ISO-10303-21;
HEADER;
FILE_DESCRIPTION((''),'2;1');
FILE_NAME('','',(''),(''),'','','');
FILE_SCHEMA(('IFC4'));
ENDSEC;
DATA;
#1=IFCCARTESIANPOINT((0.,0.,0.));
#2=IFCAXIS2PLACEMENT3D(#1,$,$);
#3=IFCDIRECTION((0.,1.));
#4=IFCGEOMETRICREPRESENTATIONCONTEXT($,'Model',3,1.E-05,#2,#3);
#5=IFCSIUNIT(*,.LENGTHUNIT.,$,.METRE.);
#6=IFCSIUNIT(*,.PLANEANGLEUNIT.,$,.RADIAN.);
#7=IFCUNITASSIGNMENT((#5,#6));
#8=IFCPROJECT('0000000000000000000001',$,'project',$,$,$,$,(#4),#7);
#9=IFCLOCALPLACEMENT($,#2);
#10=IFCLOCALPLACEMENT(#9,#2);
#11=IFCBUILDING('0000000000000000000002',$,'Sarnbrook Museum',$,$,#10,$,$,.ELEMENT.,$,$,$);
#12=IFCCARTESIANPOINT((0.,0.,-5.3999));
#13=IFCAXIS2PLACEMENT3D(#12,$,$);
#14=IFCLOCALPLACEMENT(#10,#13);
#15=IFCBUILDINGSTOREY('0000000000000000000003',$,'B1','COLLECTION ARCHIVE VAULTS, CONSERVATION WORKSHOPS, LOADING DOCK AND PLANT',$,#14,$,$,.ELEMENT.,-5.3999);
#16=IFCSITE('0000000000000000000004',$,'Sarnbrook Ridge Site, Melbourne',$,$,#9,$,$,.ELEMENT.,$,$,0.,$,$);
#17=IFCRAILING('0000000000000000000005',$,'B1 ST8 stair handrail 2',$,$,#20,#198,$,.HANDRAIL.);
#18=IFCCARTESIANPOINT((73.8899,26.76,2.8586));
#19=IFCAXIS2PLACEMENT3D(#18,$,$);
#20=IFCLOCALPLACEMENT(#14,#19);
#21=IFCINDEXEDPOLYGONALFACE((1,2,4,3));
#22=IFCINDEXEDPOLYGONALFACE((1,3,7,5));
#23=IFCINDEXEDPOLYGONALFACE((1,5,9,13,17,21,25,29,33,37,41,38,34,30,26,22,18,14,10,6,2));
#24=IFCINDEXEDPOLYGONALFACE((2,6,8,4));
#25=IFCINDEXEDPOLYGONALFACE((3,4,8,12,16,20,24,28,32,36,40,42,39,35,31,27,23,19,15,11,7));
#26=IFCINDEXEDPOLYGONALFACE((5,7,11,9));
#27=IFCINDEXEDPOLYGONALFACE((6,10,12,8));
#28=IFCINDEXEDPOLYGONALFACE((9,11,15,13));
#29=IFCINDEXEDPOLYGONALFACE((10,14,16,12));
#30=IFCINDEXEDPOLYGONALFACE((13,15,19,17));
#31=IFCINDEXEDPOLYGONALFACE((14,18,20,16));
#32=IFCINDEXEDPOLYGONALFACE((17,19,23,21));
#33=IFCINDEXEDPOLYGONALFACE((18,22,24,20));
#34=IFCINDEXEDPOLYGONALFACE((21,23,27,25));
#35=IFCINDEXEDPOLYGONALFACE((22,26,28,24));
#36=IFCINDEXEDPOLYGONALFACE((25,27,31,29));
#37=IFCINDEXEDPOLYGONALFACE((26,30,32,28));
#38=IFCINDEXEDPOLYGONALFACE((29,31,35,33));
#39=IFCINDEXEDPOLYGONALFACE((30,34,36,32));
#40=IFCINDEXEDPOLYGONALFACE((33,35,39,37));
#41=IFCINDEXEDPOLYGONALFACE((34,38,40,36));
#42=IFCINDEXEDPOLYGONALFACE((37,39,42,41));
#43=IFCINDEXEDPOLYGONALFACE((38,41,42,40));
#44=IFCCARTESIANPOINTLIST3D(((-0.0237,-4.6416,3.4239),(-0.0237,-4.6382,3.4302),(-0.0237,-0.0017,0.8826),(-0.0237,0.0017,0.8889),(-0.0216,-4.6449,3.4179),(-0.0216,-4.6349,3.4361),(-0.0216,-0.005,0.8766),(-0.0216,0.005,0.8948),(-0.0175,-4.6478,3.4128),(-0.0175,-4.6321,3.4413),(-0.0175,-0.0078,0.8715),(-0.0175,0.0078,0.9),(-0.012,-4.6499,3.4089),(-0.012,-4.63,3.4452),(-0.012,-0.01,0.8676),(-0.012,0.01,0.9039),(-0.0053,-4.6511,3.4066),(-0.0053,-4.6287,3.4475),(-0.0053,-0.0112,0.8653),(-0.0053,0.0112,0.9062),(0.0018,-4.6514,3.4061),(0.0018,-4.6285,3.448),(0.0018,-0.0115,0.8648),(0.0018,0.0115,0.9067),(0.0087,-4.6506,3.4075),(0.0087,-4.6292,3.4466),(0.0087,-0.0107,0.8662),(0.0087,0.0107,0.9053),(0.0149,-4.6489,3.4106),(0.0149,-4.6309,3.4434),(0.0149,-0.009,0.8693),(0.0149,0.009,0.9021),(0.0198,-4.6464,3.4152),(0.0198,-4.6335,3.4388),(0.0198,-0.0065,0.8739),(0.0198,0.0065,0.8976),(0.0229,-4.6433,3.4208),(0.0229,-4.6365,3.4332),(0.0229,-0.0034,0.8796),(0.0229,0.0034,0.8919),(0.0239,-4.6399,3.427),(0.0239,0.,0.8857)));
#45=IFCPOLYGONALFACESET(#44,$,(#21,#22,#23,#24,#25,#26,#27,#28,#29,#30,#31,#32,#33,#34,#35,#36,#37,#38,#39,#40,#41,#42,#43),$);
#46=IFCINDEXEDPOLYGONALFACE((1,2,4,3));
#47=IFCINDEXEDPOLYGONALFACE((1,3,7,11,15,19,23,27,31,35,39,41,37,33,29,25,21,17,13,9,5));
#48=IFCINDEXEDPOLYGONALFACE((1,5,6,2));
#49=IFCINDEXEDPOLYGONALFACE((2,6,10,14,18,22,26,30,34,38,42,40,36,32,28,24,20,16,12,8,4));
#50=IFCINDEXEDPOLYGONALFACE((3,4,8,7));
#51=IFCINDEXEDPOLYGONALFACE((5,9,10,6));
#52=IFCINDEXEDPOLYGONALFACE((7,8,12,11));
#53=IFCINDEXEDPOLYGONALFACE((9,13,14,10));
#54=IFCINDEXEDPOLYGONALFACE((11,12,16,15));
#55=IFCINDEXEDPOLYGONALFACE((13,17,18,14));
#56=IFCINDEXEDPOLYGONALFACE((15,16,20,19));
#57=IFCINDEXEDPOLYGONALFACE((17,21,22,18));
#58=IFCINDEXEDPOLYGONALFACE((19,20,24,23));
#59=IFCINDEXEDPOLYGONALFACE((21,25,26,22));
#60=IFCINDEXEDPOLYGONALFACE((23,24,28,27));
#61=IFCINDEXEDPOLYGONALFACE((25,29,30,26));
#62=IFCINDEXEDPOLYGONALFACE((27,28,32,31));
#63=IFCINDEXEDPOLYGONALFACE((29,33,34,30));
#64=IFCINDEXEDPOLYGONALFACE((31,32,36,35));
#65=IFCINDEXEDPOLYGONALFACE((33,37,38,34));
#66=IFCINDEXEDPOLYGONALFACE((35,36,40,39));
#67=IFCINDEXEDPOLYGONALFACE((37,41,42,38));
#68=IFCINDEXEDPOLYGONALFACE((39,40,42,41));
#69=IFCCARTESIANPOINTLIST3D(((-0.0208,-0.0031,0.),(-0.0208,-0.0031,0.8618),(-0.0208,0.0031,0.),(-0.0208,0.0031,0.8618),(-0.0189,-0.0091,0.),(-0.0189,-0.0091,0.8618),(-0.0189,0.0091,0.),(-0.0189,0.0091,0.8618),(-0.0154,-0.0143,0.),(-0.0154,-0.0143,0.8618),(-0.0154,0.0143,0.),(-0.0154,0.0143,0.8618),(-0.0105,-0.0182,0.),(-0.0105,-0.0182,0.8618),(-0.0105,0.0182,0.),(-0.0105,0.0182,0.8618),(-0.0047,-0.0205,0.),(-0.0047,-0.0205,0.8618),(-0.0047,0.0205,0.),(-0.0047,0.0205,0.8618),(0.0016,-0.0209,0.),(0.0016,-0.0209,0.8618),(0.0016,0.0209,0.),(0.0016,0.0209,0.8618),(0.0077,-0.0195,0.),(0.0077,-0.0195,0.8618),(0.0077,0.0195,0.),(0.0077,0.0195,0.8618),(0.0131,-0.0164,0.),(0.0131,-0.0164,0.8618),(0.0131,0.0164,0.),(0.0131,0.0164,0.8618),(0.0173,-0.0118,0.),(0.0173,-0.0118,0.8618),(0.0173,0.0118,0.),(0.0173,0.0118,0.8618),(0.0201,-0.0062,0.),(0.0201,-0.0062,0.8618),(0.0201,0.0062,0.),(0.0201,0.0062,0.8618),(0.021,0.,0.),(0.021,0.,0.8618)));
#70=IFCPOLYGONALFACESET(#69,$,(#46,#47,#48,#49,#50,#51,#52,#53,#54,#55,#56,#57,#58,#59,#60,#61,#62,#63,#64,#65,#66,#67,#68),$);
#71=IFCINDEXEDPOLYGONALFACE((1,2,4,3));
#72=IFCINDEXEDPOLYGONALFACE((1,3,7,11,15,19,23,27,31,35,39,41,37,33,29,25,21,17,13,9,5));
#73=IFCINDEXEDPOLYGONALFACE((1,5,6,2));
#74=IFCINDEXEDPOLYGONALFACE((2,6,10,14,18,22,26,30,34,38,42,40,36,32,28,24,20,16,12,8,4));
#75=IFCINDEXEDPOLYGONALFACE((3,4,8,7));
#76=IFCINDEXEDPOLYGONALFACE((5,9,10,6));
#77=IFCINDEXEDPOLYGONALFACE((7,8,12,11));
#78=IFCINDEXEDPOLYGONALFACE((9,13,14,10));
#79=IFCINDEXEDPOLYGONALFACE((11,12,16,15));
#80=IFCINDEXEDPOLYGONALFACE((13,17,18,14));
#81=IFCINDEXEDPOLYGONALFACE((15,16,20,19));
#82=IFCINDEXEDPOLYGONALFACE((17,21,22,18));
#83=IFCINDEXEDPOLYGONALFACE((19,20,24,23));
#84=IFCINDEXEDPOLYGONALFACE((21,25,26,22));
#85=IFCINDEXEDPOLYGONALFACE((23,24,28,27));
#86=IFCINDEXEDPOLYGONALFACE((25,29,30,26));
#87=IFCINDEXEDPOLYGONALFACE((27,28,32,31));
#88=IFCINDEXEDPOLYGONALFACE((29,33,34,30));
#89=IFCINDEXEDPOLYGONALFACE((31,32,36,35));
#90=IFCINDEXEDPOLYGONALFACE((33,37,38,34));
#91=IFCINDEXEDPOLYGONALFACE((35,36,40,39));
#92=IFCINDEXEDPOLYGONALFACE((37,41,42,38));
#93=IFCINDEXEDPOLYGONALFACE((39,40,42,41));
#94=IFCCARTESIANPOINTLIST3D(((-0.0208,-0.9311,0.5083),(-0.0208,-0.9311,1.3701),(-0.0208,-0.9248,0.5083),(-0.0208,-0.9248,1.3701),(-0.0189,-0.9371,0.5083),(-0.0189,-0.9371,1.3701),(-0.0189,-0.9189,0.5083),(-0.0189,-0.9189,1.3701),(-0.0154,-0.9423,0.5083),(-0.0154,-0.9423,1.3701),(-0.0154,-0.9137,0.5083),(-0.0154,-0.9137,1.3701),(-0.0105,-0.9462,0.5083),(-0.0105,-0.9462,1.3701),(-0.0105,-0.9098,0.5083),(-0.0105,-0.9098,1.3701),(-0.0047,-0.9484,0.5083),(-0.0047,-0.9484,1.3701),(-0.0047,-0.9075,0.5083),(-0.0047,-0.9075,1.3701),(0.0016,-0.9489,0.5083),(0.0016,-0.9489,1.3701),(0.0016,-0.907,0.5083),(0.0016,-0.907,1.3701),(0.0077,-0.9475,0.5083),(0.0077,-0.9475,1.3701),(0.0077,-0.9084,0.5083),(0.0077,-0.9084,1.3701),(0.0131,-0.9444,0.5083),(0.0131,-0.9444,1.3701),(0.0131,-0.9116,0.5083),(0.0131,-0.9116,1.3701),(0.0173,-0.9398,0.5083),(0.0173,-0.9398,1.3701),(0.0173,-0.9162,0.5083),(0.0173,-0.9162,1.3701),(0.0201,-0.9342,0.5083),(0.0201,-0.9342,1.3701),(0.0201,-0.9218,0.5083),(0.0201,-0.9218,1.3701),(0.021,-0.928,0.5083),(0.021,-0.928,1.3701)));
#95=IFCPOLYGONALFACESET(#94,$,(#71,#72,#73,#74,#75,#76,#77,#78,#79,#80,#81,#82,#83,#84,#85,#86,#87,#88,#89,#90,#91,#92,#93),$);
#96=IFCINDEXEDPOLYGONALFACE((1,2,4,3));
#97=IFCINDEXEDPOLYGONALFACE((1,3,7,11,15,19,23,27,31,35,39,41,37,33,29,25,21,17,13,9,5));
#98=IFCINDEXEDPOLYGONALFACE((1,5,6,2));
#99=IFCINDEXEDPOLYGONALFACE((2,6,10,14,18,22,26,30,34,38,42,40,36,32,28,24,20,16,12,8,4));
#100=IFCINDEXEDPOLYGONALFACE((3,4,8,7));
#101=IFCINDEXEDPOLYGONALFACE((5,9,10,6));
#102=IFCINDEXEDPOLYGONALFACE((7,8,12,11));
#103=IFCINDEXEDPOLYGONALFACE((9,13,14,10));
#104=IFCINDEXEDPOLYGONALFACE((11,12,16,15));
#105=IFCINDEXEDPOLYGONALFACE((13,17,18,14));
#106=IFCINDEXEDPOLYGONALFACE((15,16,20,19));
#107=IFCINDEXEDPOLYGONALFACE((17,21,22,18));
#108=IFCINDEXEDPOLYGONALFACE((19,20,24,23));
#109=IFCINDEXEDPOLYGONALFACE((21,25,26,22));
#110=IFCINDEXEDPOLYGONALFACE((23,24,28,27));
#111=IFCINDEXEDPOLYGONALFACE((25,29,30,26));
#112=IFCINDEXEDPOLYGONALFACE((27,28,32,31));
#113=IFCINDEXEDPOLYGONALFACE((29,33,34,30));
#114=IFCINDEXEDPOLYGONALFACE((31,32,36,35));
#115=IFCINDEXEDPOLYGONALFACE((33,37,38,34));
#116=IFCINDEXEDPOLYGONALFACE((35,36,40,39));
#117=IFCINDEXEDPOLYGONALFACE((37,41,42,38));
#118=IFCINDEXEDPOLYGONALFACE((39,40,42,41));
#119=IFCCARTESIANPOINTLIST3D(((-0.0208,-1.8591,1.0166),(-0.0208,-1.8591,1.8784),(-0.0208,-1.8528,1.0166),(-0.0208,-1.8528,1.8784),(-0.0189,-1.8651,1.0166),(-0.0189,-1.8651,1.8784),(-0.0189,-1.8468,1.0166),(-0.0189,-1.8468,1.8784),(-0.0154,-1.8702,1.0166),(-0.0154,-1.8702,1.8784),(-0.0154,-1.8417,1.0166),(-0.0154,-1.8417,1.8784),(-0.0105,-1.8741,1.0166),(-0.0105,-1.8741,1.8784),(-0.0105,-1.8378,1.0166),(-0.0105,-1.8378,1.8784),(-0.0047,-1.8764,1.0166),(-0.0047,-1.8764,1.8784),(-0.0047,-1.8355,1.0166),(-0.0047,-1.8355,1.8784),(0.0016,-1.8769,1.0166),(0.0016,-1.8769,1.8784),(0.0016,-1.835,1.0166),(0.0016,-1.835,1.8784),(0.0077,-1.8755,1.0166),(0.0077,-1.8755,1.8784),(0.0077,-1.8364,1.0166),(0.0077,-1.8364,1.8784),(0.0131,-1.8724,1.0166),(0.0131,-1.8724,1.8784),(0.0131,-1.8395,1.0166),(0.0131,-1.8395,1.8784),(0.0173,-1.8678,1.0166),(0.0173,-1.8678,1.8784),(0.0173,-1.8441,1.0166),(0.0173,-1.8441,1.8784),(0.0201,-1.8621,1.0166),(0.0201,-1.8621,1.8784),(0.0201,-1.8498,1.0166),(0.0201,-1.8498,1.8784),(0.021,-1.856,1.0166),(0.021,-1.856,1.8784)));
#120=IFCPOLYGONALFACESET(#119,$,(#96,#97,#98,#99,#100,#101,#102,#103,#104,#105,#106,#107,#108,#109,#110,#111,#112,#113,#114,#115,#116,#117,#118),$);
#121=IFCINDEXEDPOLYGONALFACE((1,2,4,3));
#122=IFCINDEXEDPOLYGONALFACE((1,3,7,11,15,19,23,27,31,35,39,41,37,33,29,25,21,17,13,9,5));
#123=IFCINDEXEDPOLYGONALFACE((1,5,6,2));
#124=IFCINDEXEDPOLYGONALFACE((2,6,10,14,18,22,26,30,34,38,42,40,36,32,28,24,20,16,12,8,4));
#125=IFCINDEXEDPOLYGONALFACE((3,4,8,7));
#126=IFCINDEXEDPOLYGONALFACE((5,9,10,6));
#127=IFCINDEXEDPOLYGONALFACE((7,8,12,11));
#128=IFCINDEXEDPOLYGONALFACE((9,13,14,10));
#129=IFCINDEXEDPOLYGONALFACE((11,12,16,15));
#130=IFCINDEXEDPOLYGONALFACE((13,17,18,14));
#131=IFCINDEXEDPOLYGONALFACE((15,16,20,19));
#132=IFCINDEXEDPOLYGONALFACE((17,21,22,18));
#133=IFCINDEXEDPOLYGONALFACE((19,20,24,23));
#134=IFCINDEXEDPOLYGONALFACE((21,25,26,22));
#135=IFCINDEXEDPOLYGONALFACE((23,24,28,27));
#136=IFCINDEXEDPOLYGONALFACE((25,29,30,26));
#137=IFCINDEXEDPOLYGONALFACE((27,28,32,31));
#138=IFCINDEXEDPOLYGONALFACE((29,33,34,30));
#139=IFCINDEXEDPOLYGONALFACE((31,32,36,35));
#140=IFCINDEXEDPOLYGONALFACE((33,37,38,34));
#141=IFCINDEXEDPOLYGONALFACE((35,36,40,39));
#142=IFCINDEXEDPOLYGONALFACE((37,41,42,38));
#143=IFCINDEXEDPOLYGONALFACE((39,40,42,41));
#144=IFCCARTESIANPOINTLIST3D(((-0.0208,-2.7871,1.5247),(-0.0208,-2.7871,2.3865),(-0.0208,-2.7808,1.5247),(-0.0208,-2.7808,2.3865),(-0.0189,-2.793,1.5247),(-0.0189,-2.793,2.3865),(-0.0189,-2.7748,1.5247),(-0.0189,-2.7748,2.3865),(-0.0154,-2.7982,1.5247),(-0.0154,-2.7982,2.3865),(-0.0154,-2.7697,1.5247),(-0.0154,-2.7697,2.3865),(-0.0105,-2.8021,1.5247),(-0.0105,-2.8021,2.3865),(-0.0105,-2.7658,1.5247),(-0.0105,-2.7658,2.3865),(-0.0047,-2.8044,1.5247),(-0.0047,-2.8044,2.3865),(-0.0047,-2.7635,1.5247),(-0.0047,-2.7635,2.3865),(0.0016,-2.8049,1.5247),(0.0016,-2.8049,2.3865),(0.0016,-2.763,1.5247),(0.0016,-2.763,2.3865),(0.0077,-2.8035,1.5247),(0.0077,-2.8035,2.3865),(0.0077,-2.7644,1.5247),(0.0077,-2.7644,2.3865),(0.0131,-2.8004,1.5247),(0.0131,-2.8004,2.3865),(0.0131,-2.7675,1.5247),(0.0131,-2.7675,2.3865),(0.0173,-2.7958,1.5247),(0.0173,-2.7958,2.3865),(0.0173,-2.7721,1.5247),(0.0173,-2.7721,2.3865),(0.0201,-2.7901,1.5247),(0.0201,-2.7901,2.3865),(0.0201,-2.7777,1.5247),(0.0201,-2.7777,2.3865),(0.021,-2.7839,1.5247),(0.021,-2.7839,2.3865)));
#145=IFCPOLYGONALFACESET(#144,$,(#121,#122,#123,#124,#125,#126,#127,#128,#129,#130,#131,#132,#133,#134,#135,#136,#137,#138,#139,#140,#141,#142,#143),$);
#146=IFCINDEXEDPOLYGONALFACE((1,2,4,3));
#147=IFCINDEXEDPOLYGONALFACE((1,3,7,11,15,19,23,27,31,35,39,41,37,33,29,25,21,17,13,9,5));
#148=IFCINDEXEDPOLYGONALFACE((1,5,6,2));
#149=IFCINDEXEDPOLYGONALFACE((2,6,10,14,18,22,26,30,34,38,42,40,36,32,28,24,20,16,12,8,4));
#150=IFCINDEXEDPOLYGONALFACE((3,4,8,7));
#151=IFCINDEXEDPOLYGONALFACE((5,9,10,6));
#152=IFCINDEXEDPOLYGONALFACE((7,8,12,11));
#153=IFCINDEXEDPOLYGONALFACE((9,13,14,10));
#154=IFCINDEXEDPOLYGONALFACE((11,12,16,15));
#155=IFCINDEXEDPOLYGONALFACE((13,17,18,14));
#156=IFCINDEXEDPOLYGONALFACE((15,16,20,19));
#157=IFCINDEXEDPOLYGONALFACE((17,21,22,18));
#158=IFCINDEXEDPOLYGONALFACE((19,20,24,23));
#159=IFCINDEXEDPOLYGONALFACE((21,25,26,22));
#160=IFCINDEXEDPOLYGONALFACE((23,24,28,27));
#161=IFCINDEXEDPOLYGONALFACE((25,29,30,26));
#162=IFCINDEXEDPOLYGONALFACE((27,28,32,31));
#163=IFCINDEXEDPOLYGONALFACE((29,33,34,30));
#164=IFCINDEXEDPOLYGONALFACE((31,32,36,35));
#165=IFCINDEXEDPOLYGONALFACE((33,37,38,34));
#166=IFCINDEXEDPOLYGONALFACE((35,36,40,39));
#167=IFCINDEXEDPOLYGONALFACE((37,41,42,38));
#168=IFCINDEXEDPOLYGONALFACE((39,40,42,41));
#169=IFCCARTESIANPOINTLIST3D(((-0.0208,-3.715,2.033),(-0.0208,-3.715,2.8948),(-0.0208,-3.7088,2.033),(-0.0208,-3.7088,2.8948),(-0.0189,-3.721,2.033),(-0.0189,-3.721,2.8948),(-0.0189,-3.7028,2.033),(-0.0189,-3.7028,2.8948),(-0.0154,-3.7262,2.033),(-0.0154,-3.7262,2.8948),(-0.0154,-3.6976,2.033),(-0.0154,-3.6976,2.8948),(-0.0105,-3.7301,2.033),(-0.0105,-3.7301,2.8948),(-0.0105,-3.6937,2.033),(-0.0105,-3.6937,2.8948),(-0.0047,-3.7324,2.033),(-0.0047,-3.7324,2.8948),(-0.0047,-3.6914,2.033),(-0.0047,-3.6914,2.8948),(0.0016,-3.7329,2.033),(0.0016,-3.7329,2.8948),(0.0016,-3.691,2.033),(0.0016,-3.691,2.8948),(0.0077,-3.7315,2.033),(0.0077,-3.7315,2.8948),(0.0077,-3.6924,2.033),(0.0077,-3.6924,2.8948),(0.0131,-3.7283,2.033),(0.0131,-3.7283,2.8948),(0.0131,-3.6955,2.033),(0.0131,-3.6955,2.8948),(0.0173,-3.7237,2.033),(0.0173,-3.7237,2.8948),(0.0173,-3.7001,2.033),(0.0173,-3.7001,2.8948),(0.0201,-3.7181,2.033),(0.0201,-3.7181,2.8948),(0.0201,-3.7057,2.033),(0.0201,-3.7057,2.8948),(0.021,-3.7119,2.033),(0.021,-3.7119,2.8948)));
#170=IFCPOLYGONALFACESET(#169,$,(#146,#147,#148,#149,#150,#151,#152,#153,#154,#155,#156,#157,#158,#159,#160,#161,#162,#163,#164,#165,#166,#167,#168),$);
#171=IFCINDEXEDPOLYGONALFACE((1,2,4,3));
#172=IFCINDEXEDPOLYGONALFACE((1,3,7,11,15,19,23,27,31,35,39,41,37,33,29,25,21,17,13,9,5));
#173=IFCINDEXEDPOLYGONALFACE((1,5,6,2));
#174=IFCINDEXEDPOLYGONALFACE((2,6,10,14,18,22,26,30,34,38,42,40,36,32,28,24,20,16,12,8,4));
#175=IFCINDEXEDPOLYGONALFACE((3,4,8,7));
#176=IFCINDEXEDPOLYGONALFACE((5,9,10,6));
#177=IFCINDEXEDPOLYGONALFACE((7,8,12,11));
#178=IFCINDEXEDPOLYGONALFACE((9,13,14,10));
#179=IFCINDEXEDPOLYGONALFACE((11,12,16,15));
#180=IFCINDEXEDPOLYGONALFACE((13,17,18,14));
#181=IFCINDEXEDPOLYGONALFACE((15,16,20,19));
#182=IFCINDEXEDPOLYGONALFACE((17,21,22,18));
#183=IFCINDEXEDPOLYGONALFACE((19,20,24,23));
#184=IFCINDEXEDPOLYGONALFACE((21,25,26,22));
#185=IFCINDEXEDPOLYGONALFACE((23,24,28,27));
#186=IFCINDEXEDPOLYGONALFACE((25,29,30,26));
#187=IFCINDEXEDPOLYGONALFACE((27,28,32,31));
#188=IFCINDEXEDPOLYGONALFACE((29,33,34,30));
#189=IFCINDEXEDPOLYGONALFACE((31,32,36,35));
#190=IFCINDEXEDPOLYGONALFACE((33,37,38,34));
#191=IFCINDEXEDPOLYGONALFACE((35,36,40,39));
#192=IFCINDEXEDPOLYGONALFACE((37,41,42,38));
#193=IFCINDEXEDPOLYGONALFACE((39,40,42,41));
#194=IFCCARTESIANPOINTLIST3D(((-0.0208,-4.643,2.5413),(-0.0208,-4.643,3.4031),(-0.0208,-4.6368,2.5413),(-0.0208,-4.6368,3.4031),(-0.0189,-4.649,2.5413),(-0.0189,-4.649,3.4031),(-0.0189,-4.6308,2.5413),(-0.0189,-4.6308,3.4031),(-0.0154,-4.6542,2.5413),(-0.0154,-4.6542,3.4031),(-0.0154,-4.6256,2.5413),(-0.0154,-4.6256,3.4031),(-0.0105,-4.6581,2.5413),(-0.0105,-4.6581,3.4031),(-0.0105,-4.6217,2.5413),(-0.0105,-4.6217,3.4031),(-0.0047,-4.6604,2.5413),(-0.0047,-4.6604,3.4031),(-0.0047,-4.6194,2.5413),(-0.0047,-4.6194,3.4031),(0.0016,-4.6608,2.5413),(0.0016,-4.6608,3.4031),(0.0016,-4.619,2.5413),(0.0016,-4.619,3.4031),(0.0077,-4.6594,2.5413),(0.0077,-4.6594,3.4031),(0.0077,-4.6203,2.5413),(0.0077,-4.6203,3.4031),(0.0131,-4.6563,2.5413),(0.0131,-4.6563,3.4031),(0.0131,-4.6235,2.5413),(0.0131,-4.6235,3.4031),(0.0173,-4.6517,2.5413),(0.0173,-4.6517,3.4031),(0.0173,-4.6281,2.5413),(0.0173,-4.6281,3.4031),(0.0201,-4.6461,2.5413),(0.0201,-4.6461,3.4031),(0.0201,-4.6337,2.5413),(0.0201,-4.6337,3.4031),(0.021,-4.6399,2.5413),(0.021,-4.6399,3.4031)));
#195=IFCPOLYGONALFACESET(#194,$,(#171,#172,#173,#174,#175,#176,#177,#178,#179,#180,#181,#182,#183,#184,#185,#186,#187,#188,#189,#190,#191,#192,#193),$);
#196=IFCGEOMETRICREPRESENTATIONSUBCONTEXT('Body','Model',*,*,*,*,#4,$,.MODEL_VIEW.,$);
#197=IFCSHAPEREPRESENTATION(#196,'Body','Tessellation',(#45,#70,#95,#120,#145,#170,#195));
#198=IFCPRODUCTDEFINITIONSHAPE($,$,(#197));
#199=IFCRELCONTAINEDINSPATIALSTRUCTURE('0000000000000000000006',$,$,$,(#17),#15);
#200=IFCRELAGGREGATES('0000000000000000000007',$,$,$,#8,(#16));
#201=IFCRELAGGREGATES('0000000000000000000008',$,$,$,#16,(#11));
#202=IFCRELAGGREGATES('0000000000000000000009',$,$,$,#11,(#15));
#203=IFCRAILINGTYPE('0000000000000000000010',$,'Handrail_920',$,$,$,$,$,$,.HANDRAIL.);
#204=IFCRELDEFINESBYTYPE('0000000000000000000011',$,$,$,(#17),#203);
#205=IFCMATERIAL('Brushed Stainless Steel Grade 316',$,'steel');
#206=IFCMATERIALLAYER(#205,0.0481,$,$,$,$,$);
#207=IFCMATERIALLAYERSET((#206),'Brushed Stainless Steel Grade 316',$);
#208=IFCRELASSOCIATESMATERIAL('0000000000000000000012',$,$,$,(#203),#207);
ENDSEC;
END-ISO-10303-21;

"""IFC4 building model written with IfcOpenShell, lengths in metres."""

from ifc_helpers import new_model, si_unit, direction, frame, origin, origin_2d, place, context, subcontext, project, spatial, circle, extrude, material, layer, layer_set, type_object, element, save


model = new_model("IFC4")

# Units and contexts
model_context = context("Model", 3, precision=1e-05, world=origin(), true_north=direction((0.0, 1.0)))
body_context = subcontext(model_context, "Body", "Model", "MODEL_VIEW")
ifc_project = project(units=[si_unit("LENGTHUNIT", "METRE"), si_unit("PLANEANGLEUNIT", "RADIAN")], contexts=[model_context])

# Site, building, storey
site_placement = place(None, origin())
site = spatial("IfcSite", under=ifc_project, at=site_placement, Name="Sarnbrook Ridge Site, Melbourne", CompositionType="ELEMENT", RefElevation=0.0)
building_placement = place(site_placement, origin())
building = spatial("IfcBuilding", under=site, at=building_placement, Name="Sarnbrook Museum", CompositionType="ELEMENT")
storey_placement = place(building_placement, frame((0.0, 0.0, -5.3999)))
storey = spatial("IfcBuildingStorey", under=building, at=storey_placement, Name="B1", Description="COLLECTION ARCHIVE VAULTS, CONSERVATION WORKSHOPS, LOADING DOCK AND PLANT", CompositionType="ELEMENT", Elevation=-5.3999)

# Railing
ifc_material_1 = material(Name="Brushed Stainless Steel Grade 316", Category="steel")
ifc_layer_1 = layer(ifc_material_1, 0.0481)
ifc_layer_set_1 = layer_set([ifc_layer_1], Name="Brushed Stainless Steel Grade 316")
railing_type_1 = type_object("IfcRailingType", Name="Handrail_920", PredefinedType="HANDRAIL", material=ifc_layer_set_1)
railing_1_placement = place(storey_placement, frame((73.8899, 26.76, 2.8586)))
element("IfcRailing", 1, at=railing_1_placement, inside=storey, type_object=railing_type_1, Name="B1 ST8 stair handrail 2", PredefinedType="HANDRAIL", context=body_context, shape_type="SweptSolid", body=[
    extrude(circle(Radius=0.0239, at=origin_2d()), frame((0.0, 0.0, 0.8857), z_axis=(0.0, -0.877067, 0.480368), x_axis=(1.0, 0.0, 0.0)), (0.0, 0.0, 1.0), 5.2903),
    extrude(circle(Radius=0.021, at=origin_2d()), origin(), (0.0, 0.0, 1.0), 0.8618),
    extrude(circle(Radius=0.021, at=origin_2d()), frame((0.0, -0.928, 0.5083)), (0.0, 0.0, 1.0), 0.8618),
    extrude(circle(Radius=0.021, at=origin_2d()), frame((0.0, -1.856, 1.0166)), (0.0, 0.0, 1.0), 0.8618),
    extrude(circle(Radius=0.021, at=origin_2d()), frame((0.0, -2.7839, 1.5247)), (0.0, 0.0, 1.0), 0.8618),
    extrude(circle(Radius=0.021, at=origin_2d()), frame((0.0, -3.7119, 2.033)), (0.0, 0.0, 1.0), 0.8618),
    extrude(circle(Radius=0.021, at=origin_2d()), frame((0.0, -4.6399, 2.5413)), (0.0, 0.0, 1.0), 0.8618),
])

save(model, "model.ifc")
